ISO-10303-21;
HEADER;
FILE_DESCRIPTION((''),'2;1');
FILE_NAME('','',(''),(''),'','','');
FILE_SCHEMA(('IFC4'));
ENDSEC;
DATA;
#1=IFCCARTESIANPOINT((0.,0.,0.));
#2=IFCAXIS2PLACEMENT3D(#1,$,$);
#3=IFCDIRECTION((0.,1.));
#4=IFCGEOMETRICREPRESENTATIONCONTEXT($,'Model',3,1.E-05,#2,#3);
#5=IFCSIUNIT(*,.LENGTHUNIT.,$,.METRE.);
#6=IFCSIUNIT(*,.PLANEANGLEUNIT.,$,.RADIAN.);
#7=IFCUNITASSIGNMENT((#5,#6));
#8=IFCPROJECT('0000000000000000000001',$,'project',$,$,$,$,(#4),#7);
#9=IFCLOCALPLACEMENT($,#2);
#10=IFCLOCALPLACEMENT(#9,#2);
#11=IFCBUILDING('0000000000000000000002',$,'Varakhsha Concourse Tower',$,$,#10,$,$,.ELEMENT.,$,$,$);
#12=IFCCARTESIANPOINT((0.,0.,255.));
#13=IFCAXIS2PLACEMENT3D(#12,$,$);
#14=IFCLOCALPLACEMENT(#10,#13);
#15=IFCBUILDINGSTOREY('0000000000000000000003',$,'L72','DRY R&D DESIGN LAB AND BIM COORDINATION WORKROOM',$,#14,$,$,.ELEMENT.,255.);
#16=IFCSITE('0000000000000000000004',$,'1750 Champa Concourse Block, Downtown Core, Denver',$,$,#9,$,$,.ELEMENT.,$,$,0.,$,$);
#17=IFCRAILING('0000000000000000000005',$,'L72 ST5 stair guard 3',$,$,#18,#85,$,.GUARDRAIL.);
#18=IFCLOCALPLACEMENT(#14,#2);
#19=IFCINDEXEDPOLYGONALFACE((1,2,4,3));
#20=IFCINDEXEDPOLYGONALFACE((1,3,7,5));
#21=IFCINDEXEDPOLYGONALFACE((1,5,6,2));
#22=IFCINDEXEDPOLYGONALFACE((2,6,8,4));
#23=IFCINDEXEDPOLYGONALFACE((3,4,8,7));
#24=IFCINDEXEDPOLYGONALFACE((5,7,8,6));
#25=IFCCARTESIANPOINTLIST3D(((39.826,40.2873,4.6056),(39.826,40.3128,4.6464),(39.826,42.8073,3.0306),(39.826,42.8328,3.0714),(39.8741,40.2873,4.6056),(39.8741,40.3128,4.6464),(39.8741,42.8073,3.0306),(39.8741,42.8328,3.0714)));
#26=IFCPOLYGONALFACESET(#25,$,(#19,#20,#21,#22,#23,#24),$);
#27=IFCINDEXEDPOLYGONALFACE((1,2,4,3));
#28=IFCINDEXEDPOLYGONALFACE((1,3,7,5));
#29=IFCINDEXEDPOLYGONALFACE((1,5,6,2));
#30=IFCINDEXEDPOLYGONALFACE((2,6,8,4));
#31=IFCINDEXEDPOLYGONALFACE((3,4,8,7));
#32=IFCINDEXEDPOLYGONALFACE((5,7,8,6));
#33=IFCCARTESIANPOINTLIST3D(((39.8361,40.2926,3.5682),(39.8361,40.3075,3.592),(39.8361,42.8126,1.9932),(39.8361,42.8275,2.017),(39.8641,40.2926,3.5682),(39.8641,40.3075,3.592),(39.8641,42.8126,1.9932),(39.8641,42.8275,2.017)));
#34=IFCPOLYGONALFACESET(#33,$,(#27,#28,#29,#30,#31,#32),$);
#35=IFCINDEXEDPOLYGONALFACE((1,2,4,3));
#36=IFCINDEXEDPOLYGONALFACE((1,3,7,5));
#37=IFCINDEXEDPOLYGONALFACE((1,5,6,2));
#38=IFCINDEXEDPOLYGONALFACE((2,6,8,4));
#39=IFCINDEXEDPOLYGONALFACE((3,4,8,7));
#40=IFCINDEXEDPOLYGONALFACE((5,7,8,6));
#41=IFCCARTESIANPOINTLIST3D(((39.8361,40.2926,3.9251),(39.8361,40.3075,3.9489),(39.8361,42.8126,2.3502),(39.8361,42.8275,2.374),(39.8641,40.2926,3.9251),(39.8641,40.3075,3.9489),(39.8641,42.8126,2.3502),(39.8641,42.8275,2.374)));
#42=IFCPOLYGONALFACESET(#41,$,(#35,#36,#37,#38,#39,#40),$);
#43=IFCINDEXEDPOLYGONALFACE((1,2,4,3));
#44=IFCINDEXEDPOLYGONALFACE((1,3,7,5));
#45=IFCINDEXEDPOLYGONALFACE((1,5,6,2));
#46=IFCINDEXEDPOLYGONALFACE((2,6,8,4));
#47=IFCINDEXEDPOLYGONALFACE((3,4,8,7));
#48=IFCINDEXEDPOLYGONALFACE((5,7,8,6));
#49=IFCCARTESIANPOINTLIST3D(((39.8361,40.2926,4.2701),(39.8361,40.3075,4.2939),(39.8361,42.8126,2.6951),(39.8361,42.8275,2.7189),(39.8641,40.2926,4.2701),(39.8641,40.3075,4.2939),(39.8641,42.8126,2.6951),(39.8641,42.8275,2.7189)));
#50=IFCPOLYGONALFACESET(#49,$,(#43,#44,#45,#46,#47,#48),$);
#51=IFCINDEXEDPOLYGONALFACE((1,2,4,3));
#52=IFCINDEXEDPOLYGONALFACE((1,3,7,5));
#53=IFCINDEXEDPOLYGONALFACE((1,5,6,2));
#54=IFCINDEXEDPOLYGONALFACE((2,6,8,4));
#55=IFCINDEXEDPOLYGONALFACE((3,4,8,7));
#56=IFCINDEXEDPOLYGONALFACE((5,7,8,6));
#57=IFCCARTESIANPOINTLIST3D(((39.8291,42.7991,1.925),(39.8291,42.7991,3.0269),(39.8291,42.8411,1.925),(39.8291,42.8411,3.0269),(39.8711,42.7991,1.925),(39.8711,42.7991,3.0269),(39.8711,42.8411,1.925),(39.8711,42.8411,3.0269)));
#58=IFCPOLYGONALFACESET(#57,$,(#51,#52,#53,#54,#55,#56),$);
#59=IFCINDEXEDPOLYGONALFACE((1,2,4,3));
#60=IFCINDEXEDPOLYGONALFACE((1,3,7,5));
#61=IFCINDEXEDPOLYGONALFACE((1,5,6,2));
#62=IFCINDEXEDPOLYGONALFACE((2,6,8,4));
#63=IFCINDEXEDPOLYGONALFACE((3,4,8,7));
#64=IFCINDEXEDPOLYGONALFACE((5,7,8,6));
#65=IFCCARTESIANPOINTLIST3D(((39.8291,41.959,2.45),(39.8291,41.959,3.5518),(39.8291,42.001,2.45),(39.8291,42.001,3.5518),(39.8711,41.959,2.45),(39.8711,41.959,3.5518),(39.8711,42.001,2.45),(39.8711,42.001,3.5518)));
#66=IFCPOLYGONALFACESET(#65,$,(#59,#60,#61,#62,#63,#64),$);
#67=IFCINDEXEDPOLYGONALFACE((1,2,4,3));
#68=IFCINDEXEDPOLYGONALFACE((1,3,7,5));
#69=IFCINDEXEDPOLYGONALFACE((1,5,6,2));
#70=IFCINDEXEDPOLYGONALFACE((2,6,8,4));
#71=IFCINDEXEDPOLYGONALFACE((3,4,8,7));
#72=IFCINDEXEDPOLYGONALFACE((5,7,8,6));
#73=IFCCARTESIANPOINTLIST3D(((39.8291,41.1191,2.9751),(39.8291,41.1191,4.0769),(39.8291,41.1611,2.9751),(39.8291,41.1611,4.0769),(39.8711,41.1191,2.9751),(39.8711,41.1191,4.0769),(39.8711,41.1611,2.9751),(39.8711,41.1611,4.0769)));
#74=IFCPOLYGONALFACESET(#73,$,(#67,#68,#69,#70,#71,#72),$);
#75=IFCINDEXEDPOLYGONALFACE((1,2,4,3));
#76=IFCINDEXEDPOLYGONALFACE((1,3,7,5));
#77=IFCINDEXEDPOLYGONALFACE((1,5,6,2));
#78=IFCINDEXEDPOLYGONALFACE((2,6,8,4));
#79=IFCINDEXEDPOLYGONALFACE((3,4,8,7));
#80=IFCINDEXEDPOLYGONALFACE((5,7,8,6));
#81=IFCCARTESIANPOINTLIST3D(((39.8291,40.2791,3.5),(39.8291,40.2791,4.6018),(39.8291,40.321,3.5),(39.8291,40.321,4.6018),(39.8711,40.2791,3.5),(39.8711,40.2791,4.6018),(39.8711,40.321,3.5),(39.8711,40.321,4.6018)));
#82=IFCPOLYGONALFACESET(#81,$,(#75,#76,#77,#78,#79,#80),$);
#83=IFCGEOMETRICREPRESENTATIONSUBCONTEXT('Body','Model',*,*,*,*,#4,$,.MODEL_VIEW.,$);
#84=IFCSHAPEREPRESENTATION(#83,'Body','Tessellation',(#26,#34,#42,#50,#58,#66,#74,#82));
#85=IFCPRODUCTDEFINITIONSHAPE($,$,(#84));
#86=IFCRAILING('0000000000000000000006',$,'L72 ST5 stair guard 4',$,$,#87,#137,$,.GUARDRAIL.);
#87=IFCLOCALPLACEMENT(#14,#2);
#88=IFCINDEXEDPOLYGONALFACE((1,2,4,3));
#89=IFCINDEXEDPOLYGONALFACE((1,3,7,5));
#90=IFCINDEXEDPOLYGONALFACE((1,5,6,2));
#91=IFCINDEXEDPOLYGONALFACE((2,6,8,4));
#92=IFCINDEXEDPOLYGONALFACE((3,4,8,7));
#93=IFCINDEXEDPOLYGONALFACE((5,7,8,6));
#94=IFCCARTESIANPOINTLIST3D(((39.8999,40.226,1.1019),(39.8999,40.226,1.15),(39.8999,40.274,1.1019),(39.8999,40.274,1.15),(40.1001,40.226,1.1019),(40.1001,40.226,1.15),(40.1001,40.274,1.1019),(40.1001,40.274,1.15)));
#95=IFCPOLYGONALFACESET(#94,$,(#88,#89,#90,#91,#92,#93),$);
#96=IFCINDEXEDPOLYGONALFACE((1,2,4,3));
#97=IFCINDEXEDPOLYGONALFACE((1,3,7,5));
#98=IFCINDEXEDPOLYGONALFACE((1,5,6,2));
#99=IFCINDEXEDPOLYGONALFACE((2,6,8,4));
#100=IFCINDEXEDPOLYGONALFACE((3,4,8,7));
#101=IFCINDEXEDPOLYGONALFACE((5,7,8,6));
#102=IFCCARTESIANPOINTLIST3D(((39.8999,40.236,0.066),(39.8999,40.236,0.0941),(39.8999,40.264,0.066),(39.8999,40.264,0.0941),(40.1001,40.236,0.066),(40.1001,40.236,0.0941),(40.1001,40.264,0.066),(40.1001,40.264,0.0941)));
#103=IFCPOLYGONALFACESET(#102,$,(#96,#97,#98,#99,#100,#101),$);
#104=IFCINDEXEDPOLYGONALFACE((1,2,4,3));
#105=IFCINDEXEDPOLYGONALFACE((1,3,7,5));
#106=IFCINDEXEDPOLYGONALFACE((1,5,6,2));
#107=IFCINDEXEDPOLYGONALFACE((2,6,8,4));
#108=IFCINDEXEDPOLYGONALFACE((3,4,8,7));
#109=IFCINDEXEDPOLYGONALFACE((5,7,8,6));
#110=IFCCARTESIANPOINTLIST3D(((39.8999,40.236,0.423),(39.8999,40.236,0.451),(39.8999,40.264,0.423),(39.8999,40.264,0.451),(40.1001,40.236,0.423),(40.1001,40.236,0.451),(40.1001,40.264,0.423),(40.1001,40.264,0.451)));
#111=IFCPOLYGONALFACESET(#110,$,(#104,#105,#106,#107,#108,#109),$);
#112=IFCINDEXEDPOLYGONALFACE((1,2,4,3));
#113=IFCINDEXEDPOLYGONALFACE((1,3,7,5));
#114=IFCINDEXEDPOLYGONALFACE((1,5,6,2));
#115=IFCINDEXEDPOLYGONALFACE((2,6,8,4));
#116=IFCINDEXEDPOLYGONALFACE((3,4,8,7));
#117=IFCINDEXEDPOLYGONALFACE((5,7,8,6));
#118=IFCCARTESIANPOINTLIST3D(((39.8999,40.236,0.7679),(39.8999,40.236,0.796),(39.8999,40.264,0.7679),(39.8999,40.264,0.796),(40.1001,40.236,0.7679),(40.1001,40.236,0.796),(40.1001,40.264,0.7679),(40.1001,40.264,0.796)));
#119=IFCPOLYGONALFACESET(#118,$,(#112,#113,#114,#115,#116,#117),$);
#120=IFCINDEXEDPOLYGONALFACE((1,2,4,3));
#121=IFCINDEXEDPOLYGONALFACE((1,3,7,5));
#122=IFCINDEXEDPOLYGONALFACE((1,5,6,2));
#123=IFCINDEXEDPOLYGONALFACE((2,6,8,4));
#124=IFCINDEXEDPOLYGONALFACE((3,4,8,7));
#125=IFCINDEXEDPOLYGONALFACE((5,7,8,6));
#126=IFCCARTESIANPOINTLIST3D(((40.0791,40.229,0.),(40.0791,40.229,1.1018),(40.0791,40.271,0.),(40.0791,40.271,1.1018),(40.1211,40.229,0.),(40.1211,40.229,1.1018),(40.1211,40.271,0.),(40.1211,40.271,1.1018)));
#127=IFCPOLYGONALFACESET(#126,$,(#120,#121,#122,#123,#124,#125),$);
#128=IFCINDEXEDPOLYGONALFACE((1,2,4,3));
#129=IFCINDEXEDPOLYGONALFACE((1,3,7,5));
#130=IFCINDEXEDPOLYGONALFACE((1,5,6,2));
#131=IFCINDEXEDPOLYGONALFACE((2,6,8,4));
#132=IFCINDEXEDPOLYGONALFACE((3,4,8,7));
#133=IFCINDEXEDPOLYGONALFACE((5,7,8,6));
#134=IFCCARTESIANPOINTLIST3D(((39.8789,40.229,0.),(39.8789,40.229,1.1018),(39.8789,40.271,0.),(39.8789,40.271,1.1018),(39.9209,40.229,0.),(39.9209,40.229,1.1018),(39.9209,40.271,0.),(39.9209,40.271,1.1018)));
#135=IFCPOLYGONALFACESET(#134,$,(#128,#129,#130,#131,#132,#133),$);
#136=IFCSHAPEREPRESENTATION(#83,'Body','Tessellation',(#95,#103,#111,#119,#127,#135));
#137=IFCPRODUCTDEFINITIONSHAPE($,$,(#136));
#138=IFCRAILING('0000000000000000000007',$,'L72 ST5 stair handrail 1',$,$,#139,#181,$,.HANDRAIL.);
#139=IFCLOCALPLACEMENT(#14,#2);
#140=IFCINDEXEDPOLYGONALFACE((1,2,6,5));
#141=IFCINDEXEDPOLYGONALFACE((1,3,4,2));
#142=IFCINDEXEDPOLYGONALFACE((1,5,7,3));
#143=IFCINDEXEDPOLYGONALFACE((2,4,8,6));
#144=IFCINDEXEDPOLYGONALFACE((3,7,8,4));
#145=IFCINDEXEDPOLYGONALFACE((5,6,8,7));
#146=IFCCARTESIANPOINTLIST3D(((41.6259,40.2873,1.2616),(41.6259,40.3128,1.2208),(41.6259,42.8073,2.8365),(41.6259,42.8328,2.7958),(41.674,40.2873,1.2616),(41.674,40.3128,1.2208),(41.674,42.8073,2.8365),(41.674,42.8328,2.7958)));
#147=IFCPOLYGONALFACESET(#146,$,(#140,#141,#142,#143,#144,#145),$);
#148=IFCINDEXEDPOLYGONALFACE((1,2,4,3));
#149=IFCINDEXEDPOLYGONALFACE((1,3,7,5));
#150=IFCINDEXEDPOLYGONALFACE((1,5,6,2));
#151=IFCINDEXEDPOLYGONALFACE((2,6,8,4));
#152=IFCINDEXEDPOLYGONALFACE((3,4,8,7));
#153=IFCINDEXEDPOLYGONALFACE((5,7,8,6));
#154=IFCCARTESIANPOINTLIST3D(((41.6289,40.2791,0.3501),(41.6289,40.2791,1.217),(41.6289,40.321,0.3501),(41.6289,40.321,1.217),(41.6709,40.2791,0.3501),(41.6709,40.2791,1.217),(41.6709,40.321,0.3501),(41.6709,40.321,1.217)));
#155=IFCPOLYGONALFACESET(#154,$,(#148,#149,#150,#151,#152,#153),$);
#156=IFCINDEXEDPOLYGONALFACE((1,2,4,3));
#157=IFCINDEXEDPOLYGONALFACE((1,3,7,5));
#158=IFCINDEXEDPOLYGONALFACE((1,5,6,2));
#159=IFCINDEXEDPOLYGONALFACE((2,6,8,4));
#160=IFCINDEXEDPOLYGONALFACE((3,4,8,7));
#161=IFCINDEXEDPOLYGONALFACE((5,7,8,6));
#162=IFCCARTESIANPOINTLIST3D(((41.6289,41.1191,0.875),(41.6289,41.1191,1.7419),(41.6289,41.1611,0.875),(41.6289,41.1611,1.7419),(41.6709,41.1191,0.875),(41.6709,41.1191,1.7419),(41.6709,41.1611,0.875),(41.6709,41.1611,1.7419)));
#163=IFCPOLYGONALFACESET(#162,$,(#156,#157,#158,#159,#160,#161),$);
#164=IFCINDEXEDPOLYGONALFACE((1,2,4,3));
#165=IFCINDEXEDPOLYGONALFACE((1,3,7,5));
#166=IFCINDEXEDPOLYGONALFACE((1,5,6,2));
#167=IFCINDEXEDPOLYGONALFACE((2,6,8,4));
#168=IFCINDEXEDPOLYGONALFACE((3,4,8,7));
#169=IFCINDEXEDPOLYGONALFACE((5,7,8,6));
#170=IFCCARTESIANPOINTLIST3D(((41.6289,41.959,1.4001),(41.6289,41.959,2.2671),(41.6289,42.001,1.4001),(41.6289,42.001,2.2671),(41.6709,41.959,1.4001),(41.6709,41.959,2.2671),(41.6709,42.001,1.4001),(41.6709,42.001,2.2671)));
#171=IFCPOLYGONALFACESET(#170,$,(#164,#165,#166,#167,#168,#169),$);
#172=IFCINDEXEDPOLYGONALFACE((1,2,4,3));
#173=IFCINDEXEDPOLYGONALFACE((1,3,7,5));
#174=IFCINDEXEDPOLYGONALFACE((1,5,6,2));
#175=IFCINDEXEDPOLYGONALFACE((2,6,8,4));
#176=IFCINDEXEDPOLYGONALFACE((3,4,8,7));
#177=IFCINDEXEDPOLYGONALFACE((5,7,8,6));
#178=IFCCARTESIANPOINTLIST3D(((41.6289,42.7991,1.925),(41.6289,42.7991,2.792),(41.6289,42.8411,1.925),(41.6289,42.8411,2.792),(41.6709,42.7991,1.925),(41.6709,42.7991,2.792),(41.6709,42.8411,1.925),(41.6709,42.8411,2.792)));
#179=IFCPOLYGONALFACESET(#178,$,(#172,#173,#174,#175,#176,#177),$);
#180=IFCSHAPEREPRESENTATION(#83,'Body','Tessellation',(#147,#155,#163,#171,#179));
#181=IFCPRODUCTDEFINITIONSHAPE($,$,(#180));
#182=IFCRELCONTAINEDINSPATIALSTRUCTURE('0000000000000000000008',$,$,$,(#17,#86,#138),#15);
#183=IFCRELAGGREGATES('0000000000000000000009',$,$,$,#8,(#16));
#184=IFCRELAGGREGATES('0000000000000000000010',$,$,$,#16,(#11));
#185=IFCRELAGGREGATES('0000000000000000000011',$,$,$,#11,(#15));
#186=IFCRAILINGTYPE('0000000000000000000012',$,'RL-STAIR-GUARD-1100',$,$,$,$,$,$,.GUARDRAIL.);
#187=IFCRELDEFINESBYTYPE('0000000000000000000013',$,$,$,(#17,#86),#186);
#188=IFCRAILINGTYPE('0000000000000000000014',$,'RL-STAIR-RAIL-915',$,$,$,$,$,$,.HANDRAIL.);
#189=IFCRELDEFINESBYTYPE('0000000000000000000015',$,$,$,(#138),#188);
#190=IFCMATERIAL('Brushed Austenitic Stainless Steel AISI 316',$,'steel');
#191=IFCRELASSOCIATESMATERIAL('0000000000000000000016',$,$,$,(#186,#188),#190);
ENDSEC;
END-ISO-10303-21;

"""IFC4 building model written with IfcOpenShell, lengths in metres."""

from ifc_helpers import new_model, si_unit, direction, frame, origin, origin_2d, place, context, subcontext, project, spatial, rectangle, extrude, material, type_object, element, save


model = new_model("IFC4")

# Units and contexts
model_context = context("Model", 3, precision=1e-05, world=origin(), true_north=direction((0.0, 1.0)))
body_context = subcontext(model_context, "Body", "Model", "MODEL_VIEW")
ifc_project = project(units=[si_unit("LENGTHUNIT", "METRE"), si_unit("PLANEANGLEUNIT", "RADIAN")], contexts=[model_context])

# Site, building, storey
site_placement = place(None, origin())
site = spatial("IfcSite", under=ifc_project, at=site_placement, Name="1750 Champa Concourse Block, Downtown Core, Denver", CompositionType="ELEMENT", RefElevation=0.0)
building_placement = place(site_placement, origin())
building = spatial("IfcBuilding", under=site, at=building_placement, Name="Varakhsha Concourse Tower", CompositionType="ELEMENT")
storey_placement = place(building_placement, frame((0.0, 0.0, 255.0)))
storey = spatial("IfcBuildingStorey", under=building, at=storey_placement, Name="L72", Description="DRY R&D DESIGN LAB AND BIM COORDINATION WORKROOM", CompositionType="ELEMENT", Elevation=255.0)

# Railings
ifc_material_1 = material(Name="Brushed Austenitic Stainless Steel AISI 316", Category="steel")
railing_type_1 = type_object("IfcRailingType", Name="RL-STAIR-GUARD-1100", PredefinedType="GUARDRAIL", material=ifc_material_1)
railing_1_placement = place(storey_placement, frame((39.8501, 42.8201, 1.925)))
element("IfcRailing", 1, at=railing_1_placement, inside=storey, type_object=railing_type_1, Name="L72 ST5 stair guard 3", PredefinedType="GUARDRAIL", context=body_context, shape_type="SweptSolid", body=[
    extrude(rectangle(XDim=0.0481, YDim=0.0481, at=origin_2d()), frame((0.0, 0.0, 1.126), z_axis=(0.0, -0.848008, 0.529984), x_axis=(1.0, 0.0, 0.0)), (0.0, 0.0, 1.0), 2.9717),
    extrude(rectangle(XDim=0.0281, YDim=0.0281, at=origin_2d()), frame((0.0, 0.0, 0.0801), z_axis=(0.0, -0.848008, 0.529984), x_axis=(1.0, 0.0, 0.0)), (0.0, 0.0, 1.0), 2.9717),
    extrude(rectangle(XDim=0.0281, YDim=0.0281, at=origin_2d()), frame((0.0, 0.0, 0.437), z_axis=(0.0, -0.848008, 0.529984), x_axis=(1.0, 0.0, 0.0)), (0.0, 0.0, 1.0), 2.9717),
    extrude(rectangle(XDim=0.0281, YDim=0.0281, at=origin_2d()), frame((0.0, 0.0, 0.782), z_axis=(0.0, -0.848008, 0.529984), x_axis=(1.0, 0.0, 0.0)), (0.0, 0.0, 1.0), 2.9717),
    extrude(rectangle(XDim=0.042, YDim=0.042, at=origin_2d()), origin(), (0.0, 0.0, 1.0), 1.1018),
    extrude(rectangle(XDim=0.042, YDim=0.042, at=origin_2d()), frame((0.0, -0.8401, 0.5249)), (0.0, 0.0, 1.0), 1.1018),
    extrude(rectangle(XDim=0.042, YDim=0.042, at=origin_2d()), frame((0.0, -1.6799, 1.05)), (0.0, 0.0, 1.0), 1.1018),
    extrude(rectangle(XDim=0.042, YDim=0.042, at=origin_2d()), frame((0.0, -2.52, 1.575)), (0.0, 0.0, 1.0), 1.1018),
])
railing_2_placement = place(storey_placement, frame((40.1001, 40.25, 0.0)))
element("IfcRailing", 2, at=railing_2_placement, inside=storey, type_object=railing_type_1, Name="L72 ST5 stair guard 4", PredefinedType="GUARDRAIL", context=body_context, shape_type="SweptSolid", body=[
    extrude(rectangle(XDim=0.0481, YDim=0.0481, at=origin_2d()), frame((0.0, 0.0, 1.126), z_axis=(-1.0, 0.0, 0.0), x_axis=(0.0, -1.0, 0.0)), (0.0, 0.0, 1.0), 0.2002),
    extrude(rectangle(XDim=0.0281, YDim=0.0281, at=origin_2d()), frame((0.0, 0.0, 0.0801), z_axis=(-1.0, 0.0, 0.0), x_axis=(0.0, -1.0, 0.0)), (0.0, 0.0, 1.0), 0.2002),
    extrude(rectangle(XDim=0.0281, YDim=0.0281, at=origin_2d()), frame((0.0, 0.0, 0.437), z_axis=(-1.0, 0.0, 0.0), x_axis=(0.0, -1.0, 0.0)), (0.0, 0.0, 1.0), 0.2002),
    extrude(rectangle(XDim=0.0281, YDim=0.0281, at=origin_2d()), frame((0.0, 0.0, 0.782), z_axis=(-1.0, 0.0, 0.0), x_axis=(0.0, -1.0, 0.0)), (0.0, 0.0, 1.0), 0.2002),
    extrude(rectangle(XDim=0.042, YDim=0.042, at=origin_2d()), origin(), (0.0, 0.0, 1.0), 1.1018),
    extrude(rectangle(XDim=0.042, YDim=0.042, at=origin_2d()), frame((-0.2002, 0.0, 0.0)), (0.0, 0.0, 1.0), 1.1018),
])
railing_type_2 = type_object("IfcRailingType", Name="RL-STAIR-RAIL-915", PredefinedType="HANDRAIL", material=ifc_material_1)
railing_3_placement = place(storey_placement, frame((41.6499, 40.3, 0.3501)))
element("IfcRailing", 3, at=railing_3_placement, inside=storey, type_object=railing_type_2, Name="L72 ST5 stair handrail 1", PredefinedType="HANDRAIL", context=body_context, shape_type="SweptSolid", body=[
    extrude(rectangle(XDim=0.0481, YDim=0.0481, at=origin_2d()), frame((0.0, 0.0, 0.8911), z_axis=(0.0, 0.848008, 0.529984), x_axis=(-1.0, 0.0, 0.0)), (0.0, 0.0, 1.0), 2.9717),
    extrude(rectangle(XDim=0.042, YDim=0.042, at=origin_2d()), origin(), (0.0, 0.0, 1.0), 0.8669),
    extrude(rectangle(XDim=0.042, YDim=0.042, at=origin_2d()), frame((0.0, 0.8401, 0.5249)), (0.0, 0.0, 1.0), 0.8669),
    extrude(rectangle(XDim=0.042, YDim=0.042, at=origin_2d()), frame((0.0, 1.6799, 1.05)), (0.0, 0.0, 1.0), 0.8669),
    extrude(rectangle(XDim=0.042, YDim=0.042, at=origin_2d()), frame((0.0, 2.52, 1.575)), (0.0, 0.0, 1.0), 0.8669),
])

save(model, "model.ifc")
